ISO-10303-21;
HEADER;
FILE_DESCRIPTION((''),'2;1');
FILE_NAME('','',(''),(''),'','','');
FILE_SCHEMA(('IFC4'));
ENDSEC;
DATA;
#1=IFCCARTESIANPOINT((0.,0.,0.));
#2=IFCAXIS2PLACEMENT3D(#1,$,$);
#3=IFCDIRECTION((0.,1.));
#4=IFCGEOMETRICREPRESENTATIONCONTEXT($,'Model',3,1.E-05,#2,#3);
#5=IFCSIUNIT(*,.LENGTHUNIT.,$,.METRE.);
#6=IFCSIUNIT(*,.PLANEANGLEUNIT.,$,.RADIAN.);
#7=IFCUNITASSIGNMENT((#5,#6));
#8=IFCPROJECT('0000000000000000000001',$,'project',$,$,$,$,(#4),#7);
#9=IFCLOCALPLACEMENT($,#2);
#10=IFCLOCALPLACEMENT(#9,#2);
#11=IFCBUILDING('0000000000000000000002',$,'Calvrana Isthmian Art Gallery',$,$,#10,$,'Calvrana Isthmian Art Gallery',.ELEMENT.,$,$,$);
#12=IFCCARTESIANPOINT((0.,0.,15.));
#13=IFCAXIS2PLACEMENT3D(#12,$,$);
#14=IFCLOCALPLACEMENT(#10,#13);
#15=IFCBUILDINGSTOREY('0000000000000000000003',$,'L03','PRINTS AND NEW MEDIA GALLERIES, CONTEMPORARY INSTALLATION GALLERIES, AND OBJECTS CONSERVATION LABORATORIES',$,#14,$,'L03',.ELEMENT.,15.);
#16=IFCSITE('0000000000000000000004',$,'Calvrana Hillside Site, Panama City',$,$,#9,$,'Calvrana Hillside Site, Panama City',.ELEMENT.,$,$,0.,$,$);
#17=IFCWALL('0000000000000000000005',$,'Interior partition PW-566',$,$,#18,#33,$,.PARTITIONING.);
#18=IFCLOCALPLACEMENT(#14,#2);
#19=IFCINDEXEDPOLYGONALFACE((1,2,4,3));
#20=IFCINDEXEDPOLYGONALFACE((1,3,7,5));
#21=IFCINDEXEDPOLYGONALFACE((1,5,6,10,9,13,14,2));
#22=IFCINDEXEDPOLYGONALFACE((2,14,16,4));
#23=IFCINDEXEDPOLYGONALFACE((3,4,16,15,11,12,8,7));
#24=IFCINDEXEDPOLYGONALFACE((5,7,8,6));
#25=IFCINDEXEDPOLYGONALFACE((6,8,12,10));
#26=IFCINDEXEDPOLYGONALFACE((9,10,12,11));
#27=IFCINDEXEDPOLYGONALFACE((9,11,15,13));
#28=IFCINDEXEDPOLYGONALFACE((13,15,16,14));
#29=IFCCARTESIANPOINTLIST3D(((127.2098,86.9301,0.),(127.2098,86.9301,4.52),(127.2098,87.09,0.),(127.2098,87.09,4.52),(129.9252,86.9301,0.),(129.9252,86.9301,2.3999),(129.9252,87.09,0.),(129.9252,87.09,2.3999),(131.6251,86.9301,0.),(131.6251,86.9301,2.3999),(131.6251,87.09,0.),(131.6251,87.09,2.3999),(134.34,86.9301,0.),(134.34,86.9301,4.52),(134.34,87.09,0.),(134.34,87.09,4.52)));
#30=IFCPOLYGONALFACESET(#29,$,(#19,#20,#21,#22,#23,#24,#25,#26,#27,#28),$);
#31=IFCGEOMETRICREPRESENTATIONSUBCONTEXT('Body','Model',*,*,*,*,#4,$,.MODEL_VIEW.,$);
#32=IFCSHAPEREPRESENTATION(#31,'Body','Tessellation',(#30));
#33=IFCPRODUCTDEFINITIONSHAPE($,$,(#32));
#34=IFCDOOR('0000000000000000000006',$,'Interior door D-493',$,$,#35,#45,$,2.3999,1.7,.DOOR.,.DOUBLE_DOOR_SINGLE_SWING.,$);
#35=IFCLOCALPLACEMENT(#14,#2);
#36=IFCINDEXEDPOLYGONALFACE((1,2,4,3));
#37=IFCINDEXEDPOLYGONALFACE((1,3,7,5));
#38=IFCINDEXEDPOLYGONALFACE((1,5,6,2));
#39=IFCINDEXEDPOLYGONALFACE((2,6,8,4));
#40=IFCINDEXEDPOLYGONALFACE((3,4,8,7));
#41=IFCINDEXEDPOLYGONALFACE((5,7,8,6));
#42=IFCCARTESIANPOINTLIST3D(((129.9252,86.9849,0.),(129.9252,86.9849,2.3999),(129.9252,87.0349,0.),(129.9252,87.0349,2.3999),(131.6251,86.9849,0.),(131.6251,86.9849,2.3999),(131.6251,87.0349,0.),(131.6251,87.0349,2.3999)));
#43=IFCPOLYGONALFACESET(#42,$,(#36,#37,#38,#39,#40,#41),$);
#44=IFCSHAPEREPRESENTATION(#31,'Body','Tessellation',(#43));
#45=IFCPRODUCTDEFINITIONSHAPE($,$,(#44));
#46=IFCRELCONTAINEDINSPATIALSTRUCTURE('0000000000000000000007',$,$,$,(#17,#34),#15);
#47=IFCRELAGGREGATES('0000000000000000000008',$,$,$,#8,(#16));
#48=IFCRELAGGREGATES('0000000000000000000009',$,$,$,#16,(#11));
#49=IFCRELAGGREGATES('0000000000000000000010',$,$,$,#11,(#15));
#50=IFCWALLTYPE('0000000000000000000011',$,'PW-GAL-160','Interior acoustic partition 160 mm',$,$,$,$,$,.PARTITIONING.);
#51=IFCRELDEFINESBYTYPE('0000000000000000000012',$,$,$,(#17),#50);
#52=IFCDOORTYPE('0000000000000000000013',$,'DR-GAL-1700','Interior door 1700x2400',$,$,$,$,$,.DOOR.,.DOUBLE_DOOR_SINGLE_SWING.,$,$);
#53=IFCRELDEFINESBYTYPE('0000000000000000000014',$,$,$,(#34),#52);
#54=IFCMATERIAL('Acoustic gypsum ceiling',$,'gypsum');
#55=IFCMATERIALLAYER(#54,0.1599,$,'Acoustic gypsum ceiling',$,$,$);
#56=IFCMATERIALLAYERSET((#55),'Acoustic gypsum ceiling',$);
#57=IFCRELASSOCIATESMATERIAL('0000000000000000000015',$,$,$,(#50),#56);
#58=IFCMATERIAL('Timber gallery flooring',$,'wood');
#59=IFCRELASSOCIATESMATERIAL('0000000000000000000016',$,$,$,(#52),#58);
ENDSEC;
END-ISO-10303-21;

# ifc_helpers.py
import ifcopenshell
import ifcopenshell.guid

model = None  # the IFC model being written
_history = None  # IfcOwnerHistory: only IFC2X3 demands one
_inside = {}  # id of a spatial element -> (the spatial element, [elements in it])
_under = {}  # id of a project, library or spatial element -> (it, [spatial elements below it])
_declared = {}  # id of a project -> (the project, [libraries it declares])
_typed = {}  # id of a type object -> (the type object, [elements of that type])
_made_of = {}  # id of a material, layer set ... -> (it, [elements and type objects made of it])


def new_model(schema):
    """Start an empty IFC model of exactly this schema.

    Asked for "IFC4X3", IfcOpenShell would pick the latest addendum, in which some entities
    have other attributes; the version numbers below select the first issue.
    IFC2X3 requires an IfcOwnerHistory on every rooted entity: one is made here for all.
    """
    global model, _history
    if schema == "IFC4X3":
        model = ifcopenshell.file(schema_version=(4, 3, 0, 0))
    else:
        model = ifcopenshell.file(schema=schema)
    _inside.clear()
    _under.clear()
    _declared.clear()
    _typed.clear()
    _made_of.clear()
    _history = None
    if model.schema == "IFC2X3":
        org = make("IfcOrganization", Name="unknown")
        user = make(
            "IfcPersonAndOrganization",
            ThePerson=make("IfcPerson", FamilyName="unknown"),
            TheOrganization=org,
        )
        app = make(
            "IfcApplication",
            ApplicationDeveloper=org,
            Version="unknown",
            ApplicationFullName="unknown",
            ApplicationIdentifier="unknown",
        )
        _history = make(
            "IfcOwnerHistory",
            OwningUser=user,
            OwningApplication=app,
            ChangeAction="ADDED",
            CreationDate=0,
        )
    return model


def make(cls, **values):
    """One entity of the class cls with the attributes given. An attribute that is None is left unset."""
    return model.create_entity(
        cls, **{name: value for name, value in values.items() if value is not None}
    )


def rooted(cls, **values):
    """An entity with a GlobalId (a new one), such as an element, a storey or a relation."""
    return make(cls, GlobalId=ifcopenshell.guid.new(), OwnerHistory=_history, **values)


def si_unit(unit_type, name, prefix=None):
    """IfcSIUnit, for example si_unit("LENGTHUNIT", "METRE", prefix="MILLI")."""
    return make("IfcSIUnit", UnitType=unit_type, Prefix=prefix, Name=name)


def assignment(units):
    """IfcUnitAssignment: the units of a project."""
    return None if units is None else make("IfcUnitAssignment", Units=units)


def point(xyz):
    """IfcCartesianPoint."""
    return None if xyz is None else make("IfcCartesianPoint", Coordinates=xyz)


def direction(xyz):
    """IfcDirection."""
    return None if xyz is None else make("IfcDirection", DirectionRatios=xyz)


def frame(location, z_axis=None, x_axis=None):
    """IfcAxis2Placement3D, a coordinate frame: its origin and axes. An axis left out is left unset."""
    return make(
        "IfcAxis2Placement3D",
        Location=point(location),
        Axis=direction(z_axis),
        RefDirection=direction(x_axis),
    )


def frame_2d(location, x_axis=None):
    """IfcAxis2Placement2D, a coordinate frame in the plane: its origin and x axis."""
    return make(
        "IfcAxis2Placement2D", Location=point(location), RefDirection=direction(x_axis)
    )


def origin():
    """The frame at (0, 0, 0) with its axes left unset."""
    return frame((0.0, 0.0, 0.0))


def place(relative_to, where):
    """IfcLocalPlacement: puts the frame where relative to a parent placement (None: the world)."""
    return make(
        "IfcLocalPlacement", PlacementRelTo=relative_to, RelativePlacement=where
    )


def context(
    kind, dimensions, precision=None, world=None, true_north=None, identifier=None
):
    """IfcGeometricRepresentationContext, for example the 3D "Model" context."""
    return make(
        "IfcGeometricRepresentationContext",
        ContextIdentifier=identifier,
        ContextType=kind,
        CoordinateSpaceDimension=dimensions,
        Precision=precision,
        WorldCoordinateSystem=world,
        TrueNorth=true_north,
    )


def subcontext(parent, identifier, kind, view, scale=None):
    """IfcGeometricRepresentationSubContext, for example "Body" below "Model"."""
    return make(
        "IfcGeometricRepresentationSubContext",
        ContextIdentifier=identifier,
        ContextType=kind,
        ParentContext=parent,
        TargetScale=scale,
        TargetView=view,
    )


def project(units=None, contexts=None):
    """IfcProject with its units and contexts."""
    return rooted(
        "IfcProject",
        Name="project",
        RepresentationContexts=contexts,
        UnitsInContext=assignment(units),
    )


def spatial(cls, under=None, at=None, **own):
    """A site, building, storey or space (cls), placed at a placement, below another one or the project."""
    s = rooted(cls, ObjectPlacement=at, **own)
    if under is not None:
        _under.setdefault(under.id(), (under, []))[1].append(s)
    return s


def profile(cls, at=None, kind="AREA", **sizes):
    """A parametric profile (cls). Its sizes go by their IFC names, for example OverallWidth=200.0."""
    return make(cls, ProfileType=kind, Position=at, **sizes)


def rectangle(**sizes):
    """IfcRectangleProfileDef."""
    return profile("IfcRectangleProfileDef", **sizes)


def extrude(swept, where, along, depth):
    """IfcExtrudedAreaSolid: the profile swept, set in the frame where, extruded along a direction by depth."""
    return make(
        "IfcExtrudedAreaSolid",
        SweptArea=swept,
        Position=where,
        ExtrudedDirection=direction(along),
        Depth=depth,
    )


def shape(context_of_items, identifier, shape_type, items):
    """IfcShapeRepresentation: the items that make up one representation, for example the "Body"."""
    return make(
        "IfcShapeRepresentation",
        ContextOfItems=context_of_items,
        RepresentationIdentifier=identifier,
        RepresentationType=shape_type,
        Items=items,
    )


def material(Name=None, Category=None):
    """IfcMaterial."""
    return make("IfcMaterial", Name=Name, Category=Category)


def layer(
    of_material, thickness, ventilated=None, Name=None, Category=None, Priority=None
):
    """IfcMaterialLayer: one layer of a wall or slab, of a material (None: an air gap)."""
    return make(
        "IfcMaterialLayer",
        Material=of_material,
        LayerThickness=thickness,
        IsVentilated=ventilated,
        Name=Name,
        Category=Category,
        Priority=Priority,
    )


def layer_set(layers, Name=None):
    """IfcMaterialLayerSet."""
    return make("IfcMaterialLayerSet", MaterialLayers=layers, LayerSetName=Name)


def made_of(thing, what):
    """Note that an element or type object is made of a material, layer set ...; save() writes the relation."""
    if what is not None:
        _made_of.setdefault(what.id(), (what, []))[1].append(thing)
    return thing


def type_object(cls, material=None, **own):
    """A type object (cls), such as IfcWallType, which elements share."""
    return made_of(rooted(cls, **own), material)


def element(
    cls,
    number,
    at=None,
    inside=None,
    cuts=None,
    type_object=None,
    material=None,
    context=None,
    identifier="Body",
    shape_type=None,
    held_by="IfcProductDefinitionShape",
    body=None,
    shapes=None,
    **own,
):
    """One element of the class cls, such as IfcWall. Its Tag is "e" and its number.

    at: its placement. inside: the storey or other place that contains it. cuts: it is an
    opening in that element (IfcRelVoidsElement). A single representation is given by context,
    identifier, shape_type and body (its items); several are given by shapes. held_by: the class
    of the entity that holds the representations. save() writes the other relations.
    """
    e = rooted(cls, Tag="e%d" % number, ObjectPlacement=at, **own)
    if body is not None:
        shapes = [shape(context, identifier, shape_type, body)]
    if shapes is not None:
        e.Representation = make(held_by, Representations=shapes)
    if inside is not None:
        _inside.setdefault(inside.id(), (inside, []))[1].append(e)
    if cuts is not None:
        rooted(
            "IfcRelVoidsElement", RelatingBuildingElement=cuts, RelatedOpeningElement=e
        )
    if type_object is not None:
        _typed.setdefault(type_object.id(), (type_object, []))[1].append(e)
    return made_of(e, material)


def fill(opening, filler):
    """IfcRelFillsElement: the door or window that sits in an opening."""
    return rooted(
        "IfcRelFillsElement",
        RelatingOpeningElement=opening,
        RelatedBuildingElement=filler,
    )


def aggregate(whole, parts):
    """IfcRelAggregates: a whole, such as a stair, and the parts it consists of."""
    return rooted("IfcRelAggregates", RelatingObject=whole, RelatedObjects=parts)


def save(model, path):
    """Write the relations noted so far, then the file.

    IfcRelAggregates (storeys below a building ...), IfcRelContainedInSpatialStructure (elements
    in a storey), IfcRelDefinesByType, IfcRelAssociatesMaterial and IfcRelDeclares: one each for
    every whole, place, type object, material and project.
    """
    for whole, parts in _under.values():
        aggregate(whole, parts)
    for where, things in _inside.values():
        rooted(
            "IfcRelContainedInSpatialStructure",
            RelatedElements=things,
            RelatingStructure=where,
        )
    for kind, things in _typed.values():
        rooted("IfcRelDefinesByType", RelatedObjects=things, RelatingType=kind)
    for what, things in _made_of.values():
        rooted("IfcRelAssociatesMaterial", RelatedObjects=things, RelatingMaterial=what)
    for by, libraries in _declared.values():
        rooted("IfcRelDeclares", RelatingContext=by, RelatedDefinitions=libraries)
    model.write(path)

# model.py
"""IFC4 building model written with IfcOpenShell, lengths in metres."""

from ifc_helpers import new_model, si_unit, direction, frame, frame_2d, origin, place, context, subcontext, project, spatial, rectangle, extrude, material, layer, layer_set, type_object, element, fill, save


model = new_model("IFC4")

# Units and contexts
model_context = context("Model", 3, precision=1e-05, world=origin(), true_north=direction((0.0, 1.0)))
body_context = subcontext(model_context, "Body", "Model", "MODEL_VIEW")
ifc_project = project(units=[si_unit("LENGTHUNIT", "METRE"), si_unit("PLANEANGLEUNIT", "RADIAN")], contexts=[model_context])

# Site, building, storey
site_placement = place(None, origin())
site = spatial("IfcSite", under=ifc_project, at=site_placement, Name="Calvrana Hillside Site, Panama City", LongName="Calvrana Hillside Site, Panama City", CompositionType="ELEMENT", RefElevation=0.0)
building_placement = place(site_placement, origin())
building = spatial("IfcBuilding", under=site, at=building_placement, Name="Calvrana Isthmian Art Gallery", LongName="Calvrana Isthmian Art Gallery", CompositionType="ELEMENT")
storey_placement = place(building_placement, frame((0.0, 0.0, 15.0)))
storey = spatial("IfcBuildingStorey", under=building, at=storey_placement, Name="L03", Description="PRINTS AND NEW MEDIA GALLERIES, CONTEMPORARY INSTALLATION GALLERIES, AND OBJECTS CONSERVATION LABORATORIES", LongName="L03", CompositionType="ELEMENT", Elevation=15.0)

# Wall, opening, door
ifc_material_1 = material(Name="Acoustic gypsum ceiling", Category="gypsum")
ifc_layer_1 = layer(ifc_material_1, 0.1599, Name="Acoustic gypsum ceiling")
ifc_layer_set_1 = layer_set([ifc_layer_1], Name="Acoustic gypsum ceiling")
wall_type_1 = type_object("IfcWallType", Name="PW-GAL-160", Description="Interior acoustic partition 160 mm", PredefinedType="PARTITIONING", material=ifc_layer_set_1)
ifc_material_2 = material(Name="Timber gallery flooring", Category="wood")
wall_1_placement = place(storey_placement, frame((127.21, 87.01, 0.0), z_axis=(0.0, 0.0, 1.0), x_axis=(1.0, 0.0, 0.0)))
wall_1 = element("IfcWall", 1, at=wall_1_placement, inside=storey, type_object=wall_type_1, Name="Interior partition PW-566", PredefinedType="PARTITIONING", context=body_context, shape_type="SweptSolid", body=[
    extrude(rectangle(XDim=7.1301, YDim=0.1599, at=frame_2d((3.5649, 0.0))), origin(), (0.0, 0.0, 1.0), 4.52),
])
opening_1_placement = place(wall_1_placement, frame((2.7151, 0.0, 0.0)))
opening_1 = element("IfcOpeningElement", 2, at=opening_1_placement, cuts=wall_1, PredefinedType="OPENING", context=body_context, shape_type="SweptSolid", body=[
    extrude(rectangle(XDim=1.7, YDim=2.3999, at=frame_2d((0.8501, 1.2))), frame((0.0, 0.0903, 0.0), z_axis=(0.0, -1.0, 0.0), x_axis=(1.0, 0.0, 0.0)), (0.0, 0.0, 1.0), 0.1804),
])
door_type_1 = type_object("IfcDoorType", Name="DR-GAL-1700", Description="Interior door 1700x2400", OperationType="DOUBLE_DOOR_SINGLE_SWING", PredefinedType="DOOR", material=ifc_material_2)
door_1_placement = place(opening_1_placement, origin())
door_1 = element("IfcDoor", 3, at=door_1_placement, inside=storey, type_object=door_type_1, Name="Interior door D-493", OperationType="DOUBLE_DOOR_SINGLE_SWING", OverallHeight=2.3999, OverallWidth=1.7, PredefinedType="DOOR", context=body_context, shape_type="SweptSolid", body=[
    extrude(rectangle(XDim=1.7, YDim=2.3999, at=frame_2d((0.8501, 1.2))), frame((0.0, 0.0249, 0.0), z_axis=(0.0, -1.0, 0.0), x_axis=(1.0, 0.0, 0.0)), (0.0, 0.0, 1.0), 0.05),
])
fill(opening_1, door_1)

save(model, "model.ifc")
